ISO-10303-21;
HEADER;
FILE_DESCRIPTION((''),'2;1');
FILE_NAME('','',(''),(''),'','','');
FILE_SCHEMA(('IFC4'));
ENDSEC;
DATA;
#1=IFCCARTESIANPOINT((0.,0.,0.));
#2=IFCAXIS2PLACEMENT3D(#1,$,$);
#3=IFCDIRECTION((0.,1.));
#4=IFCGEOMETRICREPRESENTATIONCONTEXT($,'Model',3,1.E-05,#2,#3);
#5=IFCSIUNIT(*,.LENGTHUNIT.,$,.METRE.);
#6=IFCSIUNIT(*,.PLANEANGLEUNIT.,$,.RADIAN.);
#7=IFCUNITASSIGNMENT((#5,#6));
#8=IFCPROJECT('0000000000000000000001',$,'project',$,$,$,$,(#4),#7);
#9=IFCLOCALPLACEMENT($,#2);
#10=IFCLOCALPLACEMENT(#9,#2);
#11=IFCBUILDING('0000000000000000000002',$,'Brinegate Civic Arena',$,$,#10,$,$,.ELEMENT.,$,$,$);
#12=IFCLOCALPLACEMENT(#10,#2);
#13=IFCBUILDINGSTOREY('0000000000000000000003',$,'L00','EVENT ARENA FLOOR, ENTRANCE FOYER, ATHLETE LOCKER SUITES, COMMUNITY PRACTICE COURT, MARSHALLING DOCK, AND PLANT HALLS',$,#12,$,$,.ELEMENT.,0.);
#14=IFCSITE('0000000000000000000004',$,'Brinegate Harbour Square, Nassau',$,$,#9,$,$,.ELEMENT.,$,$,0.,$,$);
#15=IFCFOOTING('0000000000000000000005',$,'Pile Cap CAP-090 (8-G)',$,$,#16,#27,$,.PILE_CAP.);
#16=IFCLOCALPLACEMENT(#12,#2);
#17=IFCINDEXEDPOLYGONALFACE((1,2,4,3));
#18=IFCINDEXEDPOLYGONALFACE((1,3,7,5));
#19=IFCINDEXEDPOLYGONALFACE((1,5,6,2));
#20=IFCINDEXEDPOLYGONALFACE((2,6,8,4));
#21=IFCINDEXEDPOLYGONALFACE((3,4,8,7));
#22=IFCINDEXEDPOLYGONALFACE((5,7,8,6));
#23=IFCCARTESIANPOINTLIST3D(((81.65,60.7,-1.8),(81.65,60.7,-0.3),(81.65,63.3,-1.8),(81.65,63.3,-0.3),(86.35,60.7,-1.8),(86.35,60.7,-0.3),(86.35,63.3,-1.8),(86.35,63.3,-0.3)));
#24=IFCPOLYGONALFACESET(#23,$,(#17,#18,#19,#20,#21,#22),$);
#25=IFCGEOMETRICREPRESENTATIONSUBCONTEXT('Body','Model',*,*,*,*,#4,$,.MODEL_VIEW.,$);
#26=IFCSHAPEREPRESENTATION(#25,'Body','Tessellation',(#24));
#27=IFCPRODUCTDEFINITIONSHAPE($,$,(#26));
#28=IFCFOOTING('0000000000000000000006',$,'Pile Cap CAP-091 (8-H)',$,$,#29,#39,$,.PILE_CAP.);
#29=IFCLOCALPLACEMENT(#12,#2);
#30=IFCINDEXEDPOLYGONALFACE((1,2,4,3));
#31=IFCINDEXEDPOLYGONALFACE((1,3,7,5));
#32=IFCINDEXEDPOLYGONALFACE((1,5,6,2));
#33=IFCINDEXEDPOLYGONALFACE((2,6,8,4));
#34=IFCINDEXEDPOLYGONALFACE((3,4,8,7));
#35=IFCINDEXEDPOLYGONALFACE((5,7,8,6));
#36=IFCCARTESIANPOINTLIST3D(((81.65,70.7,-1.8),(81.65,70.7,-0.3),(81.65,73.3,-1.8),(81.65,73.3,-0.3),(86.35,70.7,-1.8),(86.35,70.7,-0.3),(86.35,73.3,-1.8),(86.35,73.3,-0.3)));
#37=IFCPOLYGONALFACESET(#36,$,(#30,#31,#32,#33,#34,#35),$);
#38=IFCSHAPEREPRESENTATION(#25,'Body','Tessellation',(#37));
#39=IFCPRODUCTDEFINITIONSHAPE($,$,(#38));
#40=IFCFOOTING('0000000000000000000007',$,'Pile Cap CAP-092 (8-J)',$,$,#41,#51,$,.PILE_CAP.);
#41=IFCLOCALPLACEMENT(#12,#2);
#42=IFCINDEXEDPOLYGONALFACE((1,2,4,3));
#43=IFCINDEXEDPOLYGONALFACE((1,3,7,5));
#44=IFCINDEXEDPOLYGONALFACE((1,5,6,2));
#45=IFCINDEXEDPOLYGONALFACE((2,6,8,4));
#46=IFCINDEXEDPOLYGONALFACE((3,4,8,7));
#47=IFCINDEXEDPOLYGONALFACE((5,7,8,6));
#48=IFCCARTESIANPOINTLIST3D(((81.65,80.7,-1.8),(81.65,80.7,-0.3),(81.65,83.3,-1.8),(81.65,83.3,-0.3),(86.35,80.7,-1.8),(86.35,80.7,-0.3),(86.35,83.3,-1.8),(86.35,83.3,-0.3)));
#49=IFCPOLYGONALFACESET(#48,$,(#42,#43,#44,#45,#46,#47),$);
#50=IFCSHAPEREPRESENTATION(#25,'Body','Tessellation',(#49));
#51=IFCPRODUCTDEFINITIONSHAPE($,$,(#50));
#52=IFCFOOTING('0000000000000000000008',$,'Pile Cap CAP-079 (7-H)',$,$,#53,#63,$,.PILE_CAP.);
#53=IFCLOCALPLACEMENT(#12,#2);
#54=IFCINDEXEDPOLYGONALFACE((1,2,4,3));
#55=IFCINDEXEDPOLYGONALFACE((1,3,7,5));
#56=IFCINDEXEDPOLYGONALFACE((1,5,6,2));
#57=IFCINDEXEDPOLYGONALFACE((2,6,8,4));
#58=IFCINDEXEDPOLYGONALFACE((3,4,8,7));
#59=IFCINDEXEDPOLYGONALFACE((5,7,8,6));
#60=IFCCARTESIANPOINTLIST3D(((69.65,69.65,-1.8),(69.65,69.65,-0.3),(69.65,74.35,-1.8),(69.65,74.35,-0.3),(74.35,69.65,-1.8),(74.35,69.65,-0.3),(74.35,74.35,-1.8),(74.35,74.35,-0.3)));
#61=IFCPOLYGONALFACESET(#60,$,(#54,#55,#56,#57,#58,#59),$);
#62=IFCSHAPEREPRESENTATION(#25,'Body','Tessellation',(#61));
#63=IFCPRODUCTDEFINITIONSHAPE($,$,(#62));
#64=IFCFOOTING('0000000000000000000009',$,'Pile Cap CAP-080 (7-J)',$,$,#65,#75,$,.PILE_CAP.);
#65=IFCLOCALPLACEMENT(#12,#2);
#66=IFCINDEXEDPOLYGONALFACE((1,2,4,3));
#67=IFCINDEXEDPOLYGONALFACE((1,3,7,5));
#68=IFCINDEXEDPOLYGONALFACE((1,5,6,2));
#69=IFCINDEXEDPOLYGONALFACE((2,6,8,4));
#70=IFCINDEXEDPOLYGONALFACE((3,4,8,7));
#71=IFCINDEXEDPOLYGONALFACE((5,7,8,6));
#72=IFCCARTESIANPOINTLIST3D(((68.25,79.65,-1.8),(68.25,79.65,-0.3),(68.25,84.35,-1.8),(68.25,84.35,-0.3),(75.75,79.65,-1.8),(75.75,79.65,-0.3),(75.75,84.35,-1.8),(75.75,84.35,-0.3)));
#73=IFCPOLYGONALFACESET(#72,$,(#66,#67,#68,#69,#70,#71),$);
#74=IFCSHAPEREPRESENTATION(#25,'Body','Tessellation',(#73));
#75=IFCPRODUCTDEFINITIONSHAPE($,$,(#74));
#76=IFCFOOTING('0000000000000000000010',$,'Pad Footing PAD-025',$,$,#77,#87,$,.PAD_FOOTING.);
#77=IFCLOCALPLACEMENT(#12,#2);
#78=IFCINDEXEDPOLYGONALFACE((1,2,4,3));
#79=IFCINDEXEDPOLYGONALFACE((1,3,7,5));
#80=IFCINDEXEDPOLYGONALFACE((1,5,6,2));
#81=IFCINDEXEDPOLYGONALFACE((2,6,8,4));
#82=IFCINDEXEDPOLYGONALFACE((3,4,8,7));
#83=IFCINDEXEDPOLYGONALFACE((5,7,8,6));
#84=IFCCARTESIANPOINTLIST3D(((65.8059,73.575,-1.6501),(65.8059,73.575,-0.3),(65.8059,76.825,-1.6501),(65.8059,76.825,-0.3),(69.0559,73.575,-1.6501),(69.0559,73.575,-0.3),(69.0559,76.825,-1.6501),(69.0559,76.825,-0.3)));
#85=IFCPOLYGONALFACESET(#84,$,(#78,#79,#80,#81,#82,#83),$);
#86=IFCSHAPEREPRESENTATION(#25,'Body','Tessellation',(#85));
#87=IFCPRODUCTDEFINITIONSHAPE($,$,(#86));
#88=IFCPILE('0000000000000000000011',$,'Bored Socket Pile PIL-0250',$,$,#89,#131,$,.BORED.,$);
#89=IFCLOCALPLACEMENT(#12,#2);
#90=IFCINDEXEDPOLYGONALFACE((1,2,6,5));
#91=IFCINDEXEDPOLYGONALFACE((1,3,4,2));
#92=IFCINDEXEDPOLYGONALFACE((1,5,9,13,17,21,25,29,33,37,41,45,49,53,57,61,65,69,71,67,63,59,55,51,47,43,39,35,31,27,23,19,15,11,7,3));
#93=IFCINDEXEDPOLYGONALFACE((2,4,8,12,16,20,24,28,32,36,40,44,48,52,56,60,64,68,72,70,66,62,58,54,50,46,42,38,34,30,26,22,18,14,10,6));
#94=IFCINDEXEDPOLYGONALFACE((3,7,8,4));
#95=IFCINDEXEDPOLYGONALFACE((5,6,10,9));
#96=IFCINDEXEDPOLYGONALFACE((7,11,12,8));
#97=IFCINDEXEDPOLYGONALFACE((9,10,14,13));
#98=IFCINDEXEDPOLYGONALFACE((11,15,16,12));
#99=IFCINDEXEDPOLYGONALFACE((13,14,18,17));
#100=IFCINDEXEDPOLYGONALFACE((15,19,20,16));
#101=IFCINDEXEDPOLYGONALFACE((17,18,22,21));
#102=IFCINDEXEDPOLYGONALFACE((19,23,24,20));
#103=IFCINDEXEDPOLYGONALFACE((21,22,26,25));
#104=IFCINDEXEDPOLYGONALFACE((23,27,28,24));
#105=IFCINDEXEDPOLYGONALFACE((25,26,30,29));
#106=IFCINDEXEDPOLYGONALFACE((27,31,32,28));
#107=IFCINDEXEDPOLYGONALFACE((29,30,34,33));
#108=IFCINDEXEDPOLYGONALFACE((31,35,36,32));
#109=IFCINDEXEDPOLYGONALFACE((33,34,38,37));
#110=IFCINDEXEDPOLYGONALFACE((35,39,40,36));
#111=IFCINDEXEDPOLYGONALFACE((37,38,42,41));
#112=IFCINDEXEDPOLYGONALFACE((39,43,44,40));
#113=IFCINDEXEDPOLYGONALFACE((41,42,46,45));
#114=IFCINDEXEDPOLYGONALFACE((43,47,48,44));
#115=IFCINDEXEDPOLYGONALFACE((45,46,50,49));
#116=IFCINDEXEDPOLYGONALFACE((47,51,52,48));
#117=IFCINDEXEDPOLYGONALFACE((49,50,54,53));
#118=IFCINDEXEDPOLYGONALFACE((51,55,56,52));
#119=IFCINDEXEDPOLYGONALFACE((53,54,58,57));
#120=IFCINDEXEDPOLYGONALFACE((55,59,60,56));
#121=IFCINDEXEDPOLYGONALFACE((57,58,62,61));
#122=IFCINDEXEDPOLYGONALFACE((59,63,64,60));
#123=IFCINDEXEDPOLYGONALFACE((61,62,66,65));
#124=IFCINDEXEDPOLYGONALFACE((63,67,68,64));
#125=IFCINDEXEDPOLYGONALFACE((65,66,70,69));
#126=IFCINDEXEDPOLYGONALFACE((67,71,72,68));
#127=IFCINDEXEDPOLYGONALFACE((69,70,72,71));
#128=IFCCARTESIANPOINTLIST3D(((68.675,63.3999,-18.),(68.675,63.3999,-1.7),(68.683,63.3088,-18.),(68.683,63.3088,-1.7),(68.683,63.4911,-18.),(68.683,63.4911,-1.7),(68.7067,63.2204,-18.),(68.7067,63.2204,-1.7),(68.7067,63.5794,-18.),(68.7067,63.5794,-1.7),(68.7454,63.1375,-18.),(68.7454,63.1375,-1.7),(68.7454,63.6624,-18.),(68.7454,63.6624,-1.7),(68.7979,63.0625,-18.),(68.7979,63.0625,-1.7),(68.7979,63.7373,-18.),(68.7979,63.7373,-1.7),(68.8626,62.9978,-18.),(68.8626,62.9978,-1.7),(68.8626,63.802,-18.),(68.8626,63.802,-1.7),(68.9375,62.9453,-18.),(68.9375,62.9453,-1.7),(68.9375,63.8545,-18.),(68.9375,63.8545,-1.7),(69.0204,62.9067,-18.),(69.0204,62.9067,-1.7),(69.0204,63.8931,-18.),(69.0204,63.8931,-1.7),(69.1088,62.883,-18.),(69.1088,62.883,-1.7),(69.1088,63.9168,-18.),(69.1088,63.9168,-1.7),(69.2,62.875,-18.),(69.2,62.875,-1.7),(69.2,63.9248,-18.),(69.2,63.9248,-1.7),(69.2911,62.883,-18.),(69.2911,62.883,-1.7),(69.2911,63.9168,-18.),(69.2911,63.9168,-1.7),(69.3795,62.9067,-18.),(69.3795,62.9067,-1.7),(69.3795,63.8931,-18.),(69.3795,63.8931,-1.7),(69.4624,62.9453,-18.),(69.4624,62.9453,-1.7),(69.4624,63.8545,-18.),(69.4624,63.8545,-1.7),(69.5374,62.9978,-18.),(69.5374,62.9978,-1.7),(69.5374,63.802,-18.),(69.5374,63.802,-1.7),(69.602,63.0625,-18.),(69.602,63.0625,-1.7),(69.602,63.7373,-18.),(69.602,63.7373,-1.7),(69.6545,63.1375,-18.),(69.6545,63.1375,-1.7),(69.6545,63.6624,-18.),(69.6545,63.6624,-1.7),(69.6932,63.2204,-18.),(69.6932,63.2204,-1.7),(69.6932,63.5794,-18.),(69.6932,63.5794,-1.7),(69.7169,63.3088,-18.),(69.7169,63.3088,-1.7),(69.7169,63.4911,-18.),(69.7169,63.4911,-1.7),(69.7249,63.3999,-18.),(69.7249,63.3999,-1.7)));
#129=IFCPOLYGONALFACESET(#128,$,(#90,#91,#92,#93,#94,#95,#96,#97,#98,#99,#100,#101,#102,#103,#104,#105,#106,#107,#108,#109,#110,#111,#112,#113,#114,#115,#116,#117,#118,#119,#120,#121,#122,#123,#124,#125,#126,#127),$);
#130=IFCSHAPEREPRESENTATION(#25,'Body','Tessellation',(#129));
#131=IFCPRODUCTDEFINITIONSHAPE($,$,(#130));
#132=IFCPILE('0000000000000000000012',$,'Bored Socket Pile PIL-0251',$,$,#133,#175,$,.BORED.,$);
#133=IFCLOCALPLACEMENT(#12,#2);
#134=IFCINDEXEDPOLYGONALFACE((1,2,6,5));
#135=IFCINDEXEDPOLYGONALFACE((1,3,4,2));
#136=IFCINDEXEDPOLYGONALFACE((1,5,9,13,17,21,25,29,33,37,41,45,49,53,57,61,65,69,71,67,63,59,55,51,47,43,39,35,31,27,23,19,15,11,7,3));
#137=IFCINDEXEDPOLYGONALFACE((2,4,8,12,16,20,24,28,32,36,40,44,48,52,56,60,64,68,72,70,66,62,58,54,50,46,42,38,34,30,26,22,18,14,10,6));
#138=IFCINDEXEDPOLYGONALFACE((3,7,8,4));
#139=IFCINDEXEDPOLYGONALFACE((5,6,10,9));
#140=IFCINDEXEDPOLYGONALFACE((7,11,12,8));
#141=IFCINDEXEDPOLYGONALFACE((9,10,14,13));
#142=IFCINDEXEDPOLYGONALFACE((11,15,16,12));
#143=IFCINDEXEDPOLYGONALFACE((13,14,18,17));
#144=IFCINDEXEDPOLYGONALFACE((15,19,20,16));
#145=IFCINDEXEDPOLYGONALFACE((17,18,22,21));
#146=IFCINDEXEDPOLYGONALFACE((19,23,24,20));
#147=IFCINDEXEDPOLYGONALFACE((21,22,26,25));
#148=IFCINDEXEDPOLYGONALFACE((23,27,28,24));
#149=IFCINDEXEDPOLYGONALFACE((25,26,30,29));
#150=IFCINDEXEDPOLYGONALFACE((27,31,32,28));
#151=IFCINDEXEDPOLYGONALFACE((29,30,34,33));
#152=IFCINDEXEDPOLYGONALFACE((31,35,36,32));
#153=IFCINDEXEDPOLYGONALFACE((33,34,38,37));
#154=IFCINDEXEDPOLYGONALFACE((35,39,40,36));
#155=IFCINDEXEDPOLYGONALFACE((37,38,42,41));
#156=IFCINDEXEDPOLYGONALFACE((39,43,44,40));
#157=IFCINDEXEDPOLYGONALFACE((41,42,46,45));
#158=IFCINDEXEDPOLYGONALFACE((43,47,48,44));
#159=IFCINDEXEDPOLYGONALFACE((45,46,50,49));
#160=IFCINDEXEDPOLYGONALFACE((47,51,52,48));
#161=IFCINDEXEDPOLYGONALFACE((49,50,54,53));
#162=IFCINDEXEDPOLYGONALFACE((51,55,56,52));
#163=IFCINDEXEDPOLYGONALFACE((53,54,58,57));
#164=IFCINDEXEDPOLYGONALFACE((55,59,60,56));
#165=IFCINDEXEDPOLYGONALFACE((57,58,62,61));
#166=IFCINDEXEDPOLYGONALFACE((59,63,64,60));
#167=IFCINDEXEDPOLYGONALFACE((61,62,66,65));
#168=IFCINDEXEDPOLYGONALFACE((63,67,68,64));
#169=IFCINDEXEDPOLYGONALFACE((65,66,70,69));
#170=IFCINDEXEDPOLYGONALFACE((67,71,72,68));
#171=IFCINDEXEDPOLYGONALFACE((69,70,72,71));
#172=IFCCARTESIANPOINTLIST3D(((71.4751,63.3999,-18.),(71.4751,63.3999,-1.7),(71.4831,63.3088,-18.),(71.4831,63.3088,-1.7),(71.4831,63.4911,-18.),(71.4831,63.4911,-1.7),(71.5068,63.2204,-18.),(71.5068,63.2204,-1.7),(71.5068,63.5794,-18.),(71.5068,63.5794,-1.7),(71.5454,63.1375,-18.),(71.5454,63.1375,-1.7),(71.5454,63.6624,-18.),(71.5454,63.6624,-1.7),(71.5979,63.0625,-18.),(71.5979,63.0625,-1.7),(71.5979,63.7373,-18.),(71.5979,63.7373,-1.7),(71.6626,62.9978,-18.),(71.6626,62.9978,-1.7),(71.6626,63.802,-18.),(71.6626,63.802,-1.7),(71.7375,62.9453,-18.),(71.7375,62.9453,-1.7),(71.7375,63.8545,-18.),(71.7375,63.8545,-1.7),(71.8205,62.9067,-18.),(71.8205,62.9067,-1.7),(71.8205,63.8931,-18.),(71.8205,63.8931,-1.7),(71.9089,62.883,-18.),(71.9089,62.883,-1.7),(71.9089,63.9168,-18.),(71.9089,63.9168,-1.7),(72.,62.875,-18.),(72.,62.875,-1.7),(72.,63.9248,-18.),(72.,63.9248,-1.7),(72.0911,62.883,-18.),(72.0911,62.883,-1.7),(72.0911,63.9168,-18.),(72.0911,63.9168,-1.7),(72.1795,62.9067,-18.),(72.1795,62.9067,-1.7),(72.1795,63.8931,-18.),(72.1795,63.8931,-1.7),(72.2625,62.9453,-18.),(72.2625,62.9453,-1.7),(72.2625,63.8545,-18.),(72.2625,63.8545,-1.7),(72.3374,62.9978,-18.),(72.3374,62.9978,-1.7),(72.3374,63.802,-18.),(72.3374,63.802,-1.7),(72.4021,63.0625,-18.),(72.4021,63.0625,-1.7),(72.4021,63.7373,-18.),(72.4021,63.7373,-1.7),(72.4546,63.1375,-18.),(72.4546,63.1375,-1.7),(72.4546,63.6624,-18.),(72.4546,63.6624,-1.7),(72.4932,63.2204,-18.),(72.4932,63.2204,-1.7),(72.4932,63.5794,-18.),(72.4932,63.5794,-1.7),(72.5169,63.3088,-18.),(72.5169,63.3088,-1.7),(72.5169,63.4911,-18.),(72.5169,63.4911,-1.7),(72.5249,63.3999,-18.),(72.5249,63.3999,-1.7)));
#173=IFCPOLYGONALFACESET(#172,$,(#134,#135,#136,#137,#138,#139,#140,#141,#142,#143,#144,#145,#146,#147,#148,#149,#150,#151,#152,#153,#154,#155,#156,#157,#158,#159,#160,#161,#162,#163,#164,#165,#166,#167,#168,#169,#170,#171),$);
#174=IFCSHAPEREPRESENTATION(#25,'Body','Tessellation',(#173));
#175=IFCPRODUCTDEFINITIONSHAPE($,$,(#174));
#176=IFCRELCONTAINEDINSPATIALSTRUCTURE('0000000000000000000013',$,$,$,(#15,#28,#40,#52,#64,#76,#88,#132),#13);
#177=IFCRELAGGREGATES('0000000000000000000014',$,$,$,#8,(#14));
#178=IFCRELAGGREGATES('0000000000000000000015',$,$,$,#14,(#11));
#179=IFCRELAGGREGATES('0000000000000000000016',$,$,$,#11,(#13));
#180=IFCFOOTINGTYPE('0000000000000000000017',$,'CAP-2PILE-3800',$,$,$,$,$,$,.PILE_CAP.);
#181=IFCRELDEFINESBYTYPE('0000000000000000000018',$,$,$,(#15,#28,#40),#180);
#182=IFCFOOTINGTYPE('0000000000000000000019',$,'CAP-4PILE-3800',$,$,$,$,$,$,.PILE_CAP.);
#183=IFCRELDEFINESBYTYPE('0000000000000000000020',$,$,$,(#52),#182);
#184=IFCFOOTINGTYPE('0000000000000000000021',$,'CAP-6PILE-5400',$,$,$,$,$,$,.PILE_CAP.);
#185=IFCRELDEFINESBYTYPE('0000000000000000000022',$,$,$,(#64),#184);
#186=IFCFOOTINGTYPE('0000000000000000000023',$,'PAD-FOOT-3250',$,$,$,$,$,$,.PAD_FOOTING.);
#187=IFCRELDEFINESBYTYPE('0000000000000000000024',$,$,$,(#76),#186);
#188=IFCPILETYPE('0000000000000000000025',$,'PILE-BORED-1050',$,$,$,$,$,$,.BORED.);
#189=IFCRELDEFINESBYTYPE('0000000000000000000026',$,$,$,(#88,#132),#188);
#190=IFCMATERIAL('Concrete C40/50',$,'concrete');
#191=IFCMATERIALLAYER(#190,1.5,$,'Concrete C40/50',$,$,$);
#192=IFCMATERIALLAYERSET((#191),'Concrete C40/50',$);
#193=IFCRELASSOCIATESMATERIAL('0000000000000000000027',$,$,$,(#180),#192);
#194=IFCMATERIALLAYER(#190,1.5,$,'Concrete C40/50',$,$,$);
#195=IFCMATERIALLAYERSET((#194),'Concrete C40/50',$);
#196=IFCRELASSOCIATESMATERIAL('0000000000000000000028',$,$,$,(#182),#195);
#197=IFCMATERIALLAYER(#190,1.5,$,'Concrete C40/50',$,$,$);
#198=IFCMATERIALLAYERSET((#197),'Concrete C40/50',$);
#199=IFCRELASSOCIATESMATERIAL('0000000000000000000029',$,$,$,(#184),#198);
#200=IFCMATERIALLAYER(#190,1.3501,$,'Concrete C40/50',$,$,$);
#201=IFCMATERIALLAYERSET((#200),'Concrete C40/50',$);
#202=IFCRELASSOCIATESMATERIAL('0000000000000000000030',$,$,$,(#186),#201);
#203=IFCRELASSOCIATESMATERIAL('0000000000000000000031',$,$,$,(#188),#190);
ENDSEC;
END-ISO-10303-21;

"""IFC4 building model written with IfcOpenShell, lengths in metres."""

from ifc_helpers import new_model, si_unit, direction, frame, origin, origin_2d, place, context, subcontext, project, spatial, rectangle, circle, extrude, material, layer, layer_set, material_profile, profile_set, type_object, element, save


model = new_model("IFC4")

# Units and contexts
model_context = context("Model", 3, precision=1e-05, world=origin(), true_north=direction((0.0, 1.0)))
body_context = subcontext(model_context, "Body", "Model", "MODEL_VIEW")
ifc_project = project(units=[si_unit("LENGTHUNIT", "METRE"), si_unit("PLANEANGLEUNIT", "RADIAN")], contexts=[model_context])

# Site, building, storey
site_placement = place(None, origin())
site = spatial("IfcSite", under=ifc_project, at=site_placement, Name="Brinegate Harbour Square, Nassau", CompositionType="ELEMENT", RefElevation=0.0)
building_placement = place(site_placement, origin())
building = spatial("IfcBuilding", under=site, at=building_placement, Name="Brinegate Civic Arena", CompositionType="ELEMENT")
storey_placement = place(building_placement, origin())
storey = spatial("IfcBuildingStorey", under=building, at=storey_placement, Name="L00", Description="EVENT ARENA FLOOR, ENTRANCE FOYER, ATHLETE LOCKER SUITES, COMMUNITY PRACTICE COURT, MARSHALLING DOCK, AND PLANT HALLS", CompositionType="ELEMENT", Elevation=0.0)

# Footings
ifc_material_1 = material(Name="Concrete C40/50", Category="concrete")
ifc_layer_1 = layer(ifc_material_1, 1.5, Name="Concrete C40/50")
ifc_layer_set_1 = layer_set([ifc_layer_1], Name="Concrete C40/50")
footing_type_1 = type_object("IfcFootingType", Name="CAP-2PILE-3800", PredefinedType="PILE_CAP", material=ifc_layer_set_1)
for number, where, z_axis, x_axis, name in (
    (1, (84.0, 62.0, -1.8), (0.0, 0.0, 1.0), (1.0, 0.0, 0.0), "Pile Cap CAP-090 (8-G)"),
    (2, (84.0, 72.0, -1.8), (0.0, 0.0, 1.0), (1.0, 0.0, 0.0), "Pile Cap CAP-091 (8-H)"),
    (3, (84.0, 82.0, -1.8), (0.0, 0.0, 1.0), (1.0, 0.0, 0.0), "Pile Cap CAP-092 (8-J)"),
):
    element("IfcFooting", number, at=place(storey_placement, frame(where, z_axis=z_axis, x_axis=x_axis)), inside=storey, type_object=footing_type_1, Name=name, PredefinedType="PILE_CAP", context=body_context, shape_type="SweptSolid", body=[
        extrude(rectangle(XDim=4.7, YDim=2.6001, at=origin_2d()), origin(), (0.0, 0.0, 1.0), 1.5),
    ])
ifc_layer_2 = layer(ifc_material_1, 1.5, Name="Concrete C40/50")
ifc_layer_set_2 = layer_set([ifc_layer_2], Name="Concrete C40/50")
footing_type_2 = type_object("IfcFootingType", Name="CAP-4PILE-3800", PredefinedType="PILE_CAP", material=ifc_layer_set_2)
footing_1_placement = place(storey_placement, frame((72.0, 72.0, -1.8), z_axis=(0.0, 0.0, 1.0), x_axis=(1.0, 0.0, 0.0)))
element("IfcFooting", 4, at=footing_1_placement, inside=storey, type_object=footing_type_2, Name="Pile Cap CAP-079 (7-H)", PredefinedType="PILE_CAP", context=body_context, shape_type="SweptSolid", body=[
    extrude(rectangle(XDim=4.7, YDim=4.7, at=origin_2d()), origin(), (0.0, 0.0, 1.0), 1.5),
])
ifc_layer_3 = layer(ifc_material_1, 1.5, Name="Concrete C40/50")
ifc_layer_set_3 = layer_set([ifc_layer_3], Name="Concrete C40/50")
footing_type_3 = type_object("IfcFootingType", Name="CAP-6PILE-5400", PredefinedType="PILE_CAP", material=ifc_layer_set_3)
footing_2_placement = place(storey_placement, frame((72.0, 82.0, -1.8), z_axis=(0.0, 0.0, 1.0), x_axis=(1.0, 0.0, 0.0)))
element("IfcFooting", 5, at=footing_2_placement, inside=storey, type_object=footing_type_3, Name="Pile Cap CAP-080 (7-J)", PredefinedType="PILE_CAP", context=body_context, shape_type="SweptSolid", body=[
    extrude(rectangle(XDim=7.5, YDim=4.7, at=origin_2d()), origin(), (0.0, 0.0, 1.0), 1.5),
])
ifc_layer_4 = layer(ifc_material_1, 1.3501, Name="Concrete C40/50")
ifc_layer_set_4 = layer_set([ifc_layer_4], Name="Concrete C40/50")
footing_type_4 = type_object("IfcFootingType", Name="PAD-FOOT-3250", PredefinedType="PAD_FOOTING", material=ifc_layer_set_4)
footing_3_placement = place(storey_placement, frame((67.4309, 75.2, -1.6501), z_axis=(0.0, 0.0, 1.0), x_axis=(1.0, 0.0, 0.0)))
element("IfcFooting", 6, at=footing_3_placement, inside=storey, type_object=footing_type_4, Name="Pad Footing PAD-025", PredefinedType="PAD_FOOTING", context=body_context, shape_type="SweptSolid", body=[
    extrude(rectangle(XDim=3.25, YDim=3.25, at=origin_2d()), origin(), (0.0, 0.0, 1.0), 1.3501),
])

# Piles
ifc_material_profile_1 = material_profile(ifc_material_1, circle(Radius=0.5249, at=origin_2d()), Name="PILED1050")
ifc_profile_set_1 = profile_set([ifc_material_profile_1], Name="Concrete C40/50")
pile_type_1 = type_object("IfcPileType", Name="PILE-BORED-1050", PredefinedType="BORED", material=ifc_profile_set_1)
for number, where, z_axis, x_axis, name in (
    (7, (69.2, 63.3999, -1.7), (0.0, 0.0, -1.0), (1.0, 0.0, 0.0), "Bored Socket Pile PIL-0250"),
    (8, (72.0, 63.3999, -1.7), (0.0, 0.0, -1.0), (1.0, 0.0, 0.0), "Bored Socket Pile PIL-0251"),
):
    element("IfcPile", number, at=place(storey_placement, frame(where, z_axis=z_axis, x_axis=x_axis)), inside=storey, type_object=pile_type_1, Name=name, PredefinedType="BORED", context=body_context, shape_type="SweptSolid", body=[
        extrude(circle(Radius=0.5249, at=origin_2d()), origin(), (0.0, 0.0, 1.0), 16.3),
    ])

save(model, "model.ifc")
